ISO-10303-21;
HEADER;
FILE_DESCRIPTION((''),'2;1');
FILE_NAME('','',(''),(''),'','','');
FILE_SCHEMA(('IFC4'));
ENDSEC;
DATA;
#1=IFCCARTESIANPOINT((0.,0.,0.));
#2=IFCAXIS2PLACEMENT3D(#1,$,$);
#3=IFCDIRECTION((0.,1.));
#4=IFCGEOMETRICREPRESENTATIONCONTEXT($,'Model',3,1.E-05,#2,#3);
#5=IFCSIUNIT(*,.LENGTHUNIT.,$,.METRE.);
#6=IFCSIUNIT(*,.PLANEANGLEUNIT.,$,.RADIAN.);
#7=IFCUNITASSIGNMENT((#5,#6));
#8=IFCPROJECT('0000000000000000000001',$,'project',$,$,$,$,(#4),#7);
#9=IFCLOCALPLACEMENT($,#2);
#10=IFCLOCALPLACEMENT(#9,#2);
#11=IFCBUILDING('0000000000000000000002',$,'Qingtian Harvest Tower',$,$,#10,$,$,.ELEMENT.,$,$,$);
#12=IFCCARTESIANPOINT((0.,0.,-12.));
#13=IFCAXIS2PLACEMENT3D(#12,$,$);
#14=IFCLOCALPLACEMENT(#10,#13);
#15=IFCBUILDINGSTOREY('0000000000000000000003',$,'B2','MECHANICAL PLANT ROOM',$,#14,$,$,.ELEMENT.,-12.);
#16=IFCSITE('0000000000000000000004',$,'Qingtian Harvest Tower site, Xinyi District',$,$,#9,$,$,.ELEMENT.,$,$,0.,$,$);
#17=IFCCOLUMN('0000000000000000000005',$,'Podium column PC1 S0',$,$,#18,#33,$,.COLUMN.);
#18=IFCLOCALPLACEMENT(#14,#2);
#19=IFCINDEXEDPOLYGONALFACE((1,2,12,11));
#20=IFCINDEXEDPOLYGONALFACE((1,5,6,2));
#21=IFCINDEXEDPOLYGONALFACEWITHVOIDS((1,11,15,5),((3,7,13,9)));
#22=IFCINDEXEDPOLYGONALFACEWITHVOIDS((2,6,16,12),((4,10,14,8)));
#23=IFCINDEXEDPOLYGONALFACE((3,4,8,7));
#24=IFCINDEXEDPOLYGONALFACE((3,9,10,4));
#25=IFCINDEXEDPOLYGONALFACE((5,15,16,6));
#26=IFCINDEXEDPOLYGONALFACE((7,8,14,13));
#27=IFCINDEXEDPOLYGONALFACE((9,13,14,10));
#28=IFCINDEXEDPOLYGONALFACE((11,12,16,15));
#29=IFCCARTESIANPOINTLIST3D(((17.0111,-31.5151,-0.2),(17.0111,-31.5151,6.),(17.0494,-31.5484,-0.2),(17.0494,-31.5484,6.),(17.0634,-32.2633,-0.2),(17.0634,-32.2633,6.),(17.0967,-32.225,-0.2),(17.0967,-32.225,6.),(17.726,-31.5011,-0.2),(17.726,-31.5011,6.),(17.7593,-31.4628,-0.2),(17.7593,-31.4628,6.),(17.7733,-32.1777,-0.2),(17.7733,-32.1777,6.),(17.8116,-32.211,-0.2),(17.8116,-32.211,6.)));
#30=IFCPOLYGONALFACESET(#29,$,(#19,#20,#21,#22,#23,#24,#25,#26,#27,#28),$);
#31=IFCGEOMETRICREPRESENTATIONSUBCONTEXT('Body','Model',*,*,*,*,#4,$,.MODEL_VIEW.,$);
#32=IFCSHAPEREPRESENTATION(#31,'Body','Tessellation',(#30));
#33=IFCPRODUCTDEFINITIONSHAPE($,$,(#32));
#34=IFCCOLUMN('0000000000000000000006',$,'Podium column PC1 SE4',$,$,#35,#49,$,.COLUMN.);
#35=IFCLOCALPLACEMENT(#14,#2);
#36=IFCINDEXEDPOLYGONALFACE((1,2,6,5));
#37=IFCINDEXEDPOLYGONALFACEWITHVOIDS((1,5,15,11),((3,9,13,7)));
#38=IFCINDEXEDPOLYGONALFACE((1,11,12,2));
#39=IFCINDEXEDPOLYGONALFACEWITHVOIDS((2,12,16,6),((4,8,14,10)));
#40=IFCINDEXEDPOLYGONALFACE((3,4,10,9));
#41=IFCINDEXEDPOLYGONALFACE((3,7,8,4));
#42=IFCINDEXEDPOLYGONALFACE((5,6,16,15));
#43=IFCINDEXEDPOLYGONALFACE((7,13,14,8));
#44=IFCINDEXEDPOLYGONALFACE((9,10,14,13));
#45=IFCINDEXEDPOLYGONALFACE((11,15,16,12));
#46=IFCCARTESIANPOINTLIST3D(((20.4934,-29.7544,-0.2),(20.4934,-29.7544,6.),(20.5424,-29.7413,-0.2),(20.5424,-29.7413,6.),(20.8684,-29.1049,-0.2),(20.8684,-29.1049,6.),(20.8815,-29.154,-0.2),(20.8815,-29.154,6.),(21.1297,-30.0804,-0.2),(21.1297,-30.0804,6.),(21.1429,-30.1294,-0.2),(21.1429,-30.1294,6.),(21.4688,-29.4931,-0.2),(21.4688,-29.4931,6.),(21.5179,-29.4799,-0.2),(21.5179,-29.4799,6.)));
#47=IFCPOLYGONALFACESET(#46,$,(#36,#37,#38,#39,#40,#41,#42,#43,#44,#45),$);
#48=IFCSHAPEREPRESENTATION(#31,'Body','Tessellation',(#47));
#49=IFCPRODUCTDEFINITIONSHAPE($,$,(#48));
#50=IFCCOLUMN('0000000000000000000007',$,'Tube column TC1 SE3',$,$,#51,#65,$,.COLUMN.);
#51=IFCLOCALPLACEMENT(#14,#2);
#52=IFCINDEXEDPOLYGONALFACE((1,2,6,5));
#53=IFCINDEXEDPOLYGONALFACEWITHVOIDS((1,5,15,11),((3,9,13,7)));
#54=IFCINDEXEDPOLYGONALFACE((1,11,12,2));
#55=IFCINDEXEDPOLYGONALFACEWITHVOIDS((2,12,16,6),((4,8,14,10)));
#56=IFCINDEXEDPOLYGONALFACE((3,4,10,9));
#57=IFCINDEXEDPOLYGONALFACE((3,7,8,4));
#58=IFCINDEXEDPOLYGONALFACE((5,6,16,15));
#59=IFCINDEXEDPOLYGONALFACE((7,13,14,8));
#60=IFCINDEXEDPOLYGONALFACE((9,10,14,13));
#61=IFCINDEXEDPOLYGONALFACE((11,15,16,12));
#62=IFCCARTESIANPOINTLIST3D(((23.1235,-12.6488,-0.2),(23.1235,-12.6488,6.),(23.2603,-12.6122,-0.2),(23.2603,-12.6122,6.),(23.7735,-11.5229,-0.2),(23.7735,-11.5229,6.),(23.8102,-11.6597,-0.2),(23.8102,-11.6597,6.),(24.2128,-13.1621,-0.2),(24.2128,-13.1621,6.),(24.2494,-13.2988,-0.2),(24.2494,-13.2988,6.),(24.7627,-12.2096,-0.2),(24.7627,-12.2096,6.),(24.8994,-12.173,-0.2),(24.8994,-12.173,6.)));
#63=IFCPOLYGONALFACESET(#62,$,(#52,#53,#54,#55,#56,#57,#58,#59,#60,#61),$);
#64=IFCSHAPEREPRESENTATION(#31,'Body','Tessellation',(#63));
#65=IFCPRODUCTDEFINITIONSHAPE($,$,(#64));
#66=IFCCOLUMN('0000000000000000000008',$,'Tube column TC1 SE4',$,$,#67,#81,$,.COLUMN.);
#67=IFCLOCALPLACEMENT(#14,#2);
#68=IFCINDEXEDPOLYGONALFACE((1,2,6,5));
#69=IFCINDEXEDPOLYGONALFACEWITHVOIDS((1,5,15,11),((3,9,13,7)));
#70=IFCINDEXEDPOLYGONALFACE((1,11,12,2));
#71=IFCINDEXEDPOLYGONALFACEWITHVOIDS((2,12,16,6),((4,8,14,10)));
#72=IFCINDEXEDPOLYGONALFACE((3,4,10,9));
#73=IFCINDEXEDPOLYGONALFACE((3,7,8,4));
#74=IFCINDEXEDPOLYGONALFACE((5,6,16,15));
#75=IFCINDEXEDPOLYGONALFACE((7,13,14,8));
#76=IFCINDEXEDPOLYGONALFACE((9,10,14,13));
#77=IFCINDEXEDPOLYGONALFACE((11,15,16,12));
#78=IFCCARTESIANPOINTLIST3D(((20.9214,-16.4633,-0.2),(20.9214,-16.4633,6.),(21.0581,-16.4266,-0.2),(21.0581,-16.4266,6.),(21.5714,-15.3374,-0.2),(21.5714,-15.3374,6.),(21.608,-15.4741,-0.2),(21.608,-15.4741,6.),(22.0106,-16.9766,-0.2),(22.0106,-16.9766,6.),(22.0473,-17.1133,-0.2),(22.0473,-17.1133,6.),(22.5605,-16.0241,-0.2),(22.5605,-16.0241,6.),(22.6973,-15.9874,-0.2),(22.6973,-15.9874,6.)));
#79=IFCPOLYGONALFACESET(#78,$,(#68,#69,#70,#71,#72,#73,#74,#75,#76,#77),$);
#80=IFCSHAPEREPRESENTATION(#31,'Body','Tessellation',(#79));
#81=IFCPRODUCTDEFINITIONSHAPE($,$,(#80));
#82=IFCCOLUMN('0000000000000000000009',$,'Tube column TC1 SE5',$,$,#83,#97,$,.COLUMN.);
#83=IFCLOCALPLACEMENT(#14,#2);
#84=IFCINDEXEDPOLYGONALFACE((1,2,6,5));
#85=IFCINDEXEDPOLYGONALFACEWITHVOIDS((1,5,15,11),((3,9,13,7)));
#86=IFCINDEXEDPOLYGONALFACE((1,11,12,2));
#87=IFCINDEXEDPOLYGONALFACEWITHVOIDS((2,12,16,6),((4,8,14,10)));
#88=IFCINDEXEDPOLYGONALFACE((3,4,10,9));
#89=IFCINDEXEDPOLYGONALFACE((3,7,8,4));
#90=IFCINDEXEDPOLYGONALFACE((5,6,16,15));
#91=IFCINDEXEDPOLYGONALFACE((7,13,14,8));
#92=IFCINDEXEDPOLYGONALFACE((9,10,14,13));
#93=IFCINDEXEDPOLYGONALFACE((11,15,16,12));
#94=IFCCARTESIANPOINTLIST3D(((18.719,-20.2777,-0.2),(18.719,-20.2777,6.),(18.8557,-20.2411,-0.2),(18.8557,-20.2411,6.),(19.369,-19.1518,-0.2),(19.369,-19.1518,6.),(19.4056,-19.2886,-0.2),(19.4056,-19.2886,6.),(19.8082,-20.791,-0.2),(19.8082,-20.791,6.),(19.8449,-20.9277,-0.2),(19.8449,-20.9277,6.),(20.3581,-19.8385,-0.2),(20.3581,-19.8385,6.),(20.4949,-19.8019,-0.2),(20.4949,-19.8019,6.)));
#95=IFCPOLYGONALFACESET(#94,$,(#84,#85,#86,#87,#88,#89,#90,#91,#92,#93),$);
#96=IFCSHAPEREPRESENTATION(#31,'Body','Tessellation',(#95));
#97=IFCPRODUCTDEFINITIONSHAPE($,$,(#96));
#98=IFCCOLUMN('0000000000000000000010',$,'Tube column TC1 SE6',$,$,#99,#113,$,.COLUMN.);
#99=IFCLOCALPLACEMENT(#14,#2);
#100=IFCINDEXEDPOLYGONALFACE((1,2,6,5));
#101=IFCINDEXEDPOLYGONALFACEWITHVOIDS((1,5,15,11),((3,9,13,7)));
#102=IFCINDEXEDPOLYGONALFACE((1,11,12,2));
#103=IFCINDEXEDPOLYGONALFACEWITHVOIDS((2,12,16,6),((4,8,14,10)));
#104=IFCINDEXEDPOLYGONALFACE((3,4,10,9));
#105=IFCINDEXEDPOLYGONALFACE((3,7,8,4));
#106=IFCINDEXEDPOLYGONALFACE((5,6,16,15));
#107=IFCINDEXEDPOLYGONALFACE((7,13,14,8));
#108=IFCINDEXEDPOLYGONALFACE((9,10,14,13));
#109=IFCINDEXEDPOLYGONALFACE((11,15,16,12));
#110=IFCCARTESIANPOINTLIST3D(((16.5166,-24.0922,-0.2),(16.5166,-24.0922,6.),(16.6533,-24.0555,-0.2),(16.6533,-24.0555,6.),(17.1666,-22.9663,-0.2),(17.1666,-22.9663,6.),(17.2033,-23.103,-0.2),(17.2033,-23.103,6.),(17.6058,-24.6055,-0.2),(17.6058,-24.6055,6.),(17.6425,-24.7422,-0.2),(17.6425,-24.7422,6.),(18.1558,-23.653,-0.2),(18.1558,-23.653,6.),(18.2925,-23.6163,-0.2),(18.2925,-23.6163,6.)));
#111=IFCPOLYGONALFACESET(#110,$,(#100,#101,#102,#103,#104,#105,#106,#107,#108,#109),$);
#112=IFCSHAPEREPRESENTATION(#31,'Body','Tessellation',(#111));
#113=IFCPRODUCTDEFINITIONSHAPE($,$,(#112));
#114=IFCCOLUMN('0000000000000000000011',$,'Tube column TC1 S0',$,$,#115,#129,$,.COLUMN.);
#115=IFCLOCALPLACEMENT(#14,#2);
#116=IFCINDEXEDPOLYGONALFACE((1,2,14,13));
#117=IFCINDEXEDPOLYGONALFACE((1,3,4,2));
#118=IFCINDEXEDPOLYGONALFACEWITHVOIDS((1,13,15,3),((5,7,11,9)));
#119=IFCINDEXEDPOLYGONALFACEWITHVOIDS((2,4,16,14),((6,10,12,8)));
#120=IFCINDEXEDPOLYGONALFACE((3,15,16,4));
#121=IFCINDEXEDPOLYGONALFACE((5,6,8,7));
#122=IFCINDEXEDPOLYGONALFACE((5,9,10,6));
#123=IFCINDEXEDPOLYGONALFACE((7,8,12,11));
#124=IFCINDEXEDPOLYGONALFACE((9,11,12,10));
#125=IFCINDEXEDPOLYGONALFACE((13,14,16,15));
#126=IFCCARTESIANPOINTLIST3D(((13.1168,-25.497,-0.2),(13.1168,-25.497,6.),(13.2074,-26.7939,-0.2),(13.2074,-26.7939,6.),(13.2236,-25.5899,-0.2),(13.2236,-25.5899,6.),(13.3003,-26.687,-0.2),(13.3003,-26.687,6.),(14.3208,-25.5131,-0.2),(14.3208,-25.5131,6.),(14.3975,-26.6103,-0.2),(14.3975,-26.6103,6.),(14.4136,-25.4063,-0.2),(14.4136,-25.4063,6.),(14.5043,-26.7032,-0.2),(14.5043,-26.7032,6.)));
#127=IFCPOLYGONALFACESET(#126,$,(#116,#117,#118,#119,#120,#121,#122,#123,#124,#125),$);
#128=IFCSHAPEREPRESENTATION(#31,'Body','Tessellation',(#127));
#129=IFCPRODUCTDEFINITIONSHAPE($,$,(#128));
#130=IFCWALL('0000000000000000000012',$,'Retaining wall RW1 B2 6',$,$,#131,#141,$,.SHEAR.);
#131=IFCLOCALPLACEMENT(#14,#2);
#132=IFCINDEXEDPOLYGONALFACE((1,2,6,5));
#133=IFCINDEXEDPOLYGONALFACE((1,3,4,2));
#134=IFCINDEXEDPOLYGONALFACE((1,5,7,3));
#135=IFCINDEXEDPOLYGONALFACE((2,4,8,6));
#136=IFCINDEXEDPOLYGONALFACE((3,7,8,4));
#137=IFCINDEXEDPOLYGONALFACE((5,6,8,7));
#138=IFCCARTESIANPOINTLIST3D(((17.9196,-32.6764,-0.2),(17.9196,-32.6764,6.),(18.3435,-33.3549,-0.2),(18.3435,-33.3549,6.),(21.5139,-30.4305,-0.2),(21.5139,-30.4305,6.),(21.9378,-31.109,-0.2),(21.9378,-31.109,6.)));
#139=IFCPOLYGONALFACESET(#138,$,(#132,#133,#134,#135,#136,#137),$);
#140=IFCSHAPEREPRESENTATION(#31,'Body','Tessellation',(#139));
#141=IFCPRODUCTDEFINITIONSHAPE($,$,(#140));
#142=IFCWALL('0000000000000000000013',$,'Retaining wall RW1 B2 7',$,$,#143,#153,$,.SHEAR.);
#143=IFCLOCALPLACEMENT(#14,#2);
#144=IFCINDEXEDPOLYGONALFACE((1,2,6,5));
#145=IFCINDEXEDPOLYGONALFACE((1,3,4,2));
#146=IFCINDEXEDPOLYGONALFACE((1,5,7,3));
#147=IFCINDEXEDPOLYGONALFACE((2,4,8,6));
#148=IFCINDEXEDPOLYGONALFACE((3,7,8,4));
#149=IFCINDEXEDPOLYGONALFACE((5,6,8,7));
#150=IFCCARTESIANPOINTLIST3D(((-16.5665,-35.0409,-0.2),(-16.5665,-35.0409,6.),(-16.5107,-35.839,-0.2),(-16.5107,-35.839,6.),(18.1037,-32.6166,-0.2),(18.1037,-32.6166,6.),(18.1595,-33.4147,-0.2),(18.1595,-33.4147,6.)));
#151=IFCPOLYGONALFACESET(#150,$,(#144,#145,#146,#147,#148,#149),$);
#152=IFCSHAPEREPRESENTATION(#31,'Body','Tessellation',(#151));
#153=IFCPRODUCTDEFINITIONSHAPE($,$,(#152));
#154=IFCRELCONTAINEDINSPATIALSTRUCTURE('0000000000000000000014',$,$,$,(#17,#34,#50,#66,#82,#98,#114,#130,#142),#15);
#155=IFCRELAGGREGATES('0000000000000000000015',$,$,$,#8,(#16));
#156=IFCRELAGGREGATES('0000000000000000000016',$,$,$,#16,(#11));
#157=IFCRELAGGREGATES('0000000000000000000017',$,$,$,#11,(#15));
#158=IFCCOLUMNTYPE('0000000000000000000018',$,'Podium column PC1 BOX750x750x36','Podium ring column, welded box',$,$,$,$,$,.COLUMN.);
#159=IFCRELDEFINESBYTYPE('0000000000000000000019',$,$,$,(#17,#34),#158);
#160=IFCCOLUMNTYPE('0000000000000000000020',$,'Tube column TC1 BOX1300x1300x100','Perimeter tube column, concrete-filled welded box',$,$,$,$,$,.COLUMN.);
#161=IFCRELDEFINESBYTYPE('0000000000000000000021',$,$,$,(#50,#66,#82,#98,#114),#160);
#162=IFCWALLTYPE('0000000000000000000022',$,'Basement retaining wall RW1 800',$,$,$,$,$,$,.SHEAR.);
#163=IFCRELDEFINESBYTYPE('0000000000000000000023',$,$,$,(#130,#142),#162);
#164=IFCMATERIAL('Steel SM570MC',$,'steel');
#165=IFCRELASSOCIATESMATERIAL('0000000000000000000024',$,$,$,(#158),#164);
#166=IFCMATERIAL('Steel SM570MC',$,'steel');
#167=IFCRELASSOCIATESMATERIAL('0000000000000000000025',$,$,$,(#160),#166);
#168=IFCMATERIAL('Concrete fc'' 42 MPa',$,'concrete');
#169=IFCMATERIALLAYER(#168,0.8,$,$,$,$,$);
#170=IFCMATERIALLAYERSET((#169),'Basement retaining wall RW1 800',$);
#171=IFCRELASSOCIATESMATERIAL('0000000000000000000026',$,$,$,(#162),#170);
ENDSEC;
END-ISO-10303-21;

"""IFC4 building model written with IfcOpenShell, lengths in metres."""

from ifc_helpers import new_model, si_unit, direction, frame, frame_2d, origin, origin_2d, place, context, subcontext, project, spatial, rectangle, hollow_rectangle, extrude, material, layer, layer_set, material_profile, profile_set, type_object, element, save


model = new_model("IFC4")

# Units and contexts
model_context = context("Model", 3, precision=1e-05, world=origin(), true_north=direction((0.0, 1.0)))
body_context = subcontext(model_context, "Body", "Model", "MODEL_VIEW")
ifc_project = project(units=[si_unit("LENGTHUNIT", "METRE"), si_unit("PLANEANGLEUNIT", "RADIAN")], contexts=[model_context])

# Site, building, storey
site_placement = place(None, origin())
site = spatial("IfcSite", under=ifc_project, at=site_placement, Name="Qingtian Harvest Tower site, Xinyi District", CompositionType="ELEMENT", RefElevation=0.0)
building_placement = place(site_placement, origin())
building = spatial("IfcBuilding", under=site, at=building_placement, Name="Qingtian Harvest Tower", CompositionType="ELEMENT")
storey_placement = place(building_placement, frame((0.0, 0.0, -12.0)))
storey = spatial("IfcBuildingStorey", under=building, at=storey_placement, Name="B2", Description="MECHANICAL PLANT ROOM", CompositionType="ELEMENT", Elevation=-12.0)

# Columns
ifc_material_1 = material(Name="Steel SM570MC", Category="steel")
ifc_material_profile_1 = material_profile(ifc_material_1, hollow_rectangle(XDim=0.75, YDim=0.75, WallThickness=0.0359, at=origin_2d()), Name="BOX750x750x36")
ifc_profile_set_1 = profile_set([ifc_material_profile_1], Name="Steel SM570MC")
column_type_1 = type_object("IfcColumnType", Name="Podium column PC1 BOX750x750x36", Description="Podium ring column, welded box", PredefinedType="COLUMN", material=ifc_profile_set_1)
for number, where, z_axis, x_axis, name in (
    (1, (17.4114, -31.863, -0.2), (0.0, 0.0, 1.0), (0.997564, 0.069756, 0.0), "Podium column PC1 S0"),
    (2, (21.0056, -29.6172, -0.2), (0.0, 0.0, 1.0), (0.5, 0.866025, 0.0), "Podium column PC1 SE4"),
):
    element("IfcColumn", number, at=place(storey_placement, frame(where, z_axis=z_axis, x_axis=x_axis)), inside=storey, type_object=column_type_1, Name=name, PredefinedType="COLUMN", context=body_context, shape_type="SweptSolid", body=[
        extrude(hollow_rectangle(XDim=0.75, YDim=0.75, WallThickness=0.0359, at=origin_2d()), origin(), (0.0, 0.0, 1.0), 6.2),
    ])
ifc_material_2 = material(Name="Steel SM570MC", Category="steel")
ifc_material_profile_2 = material_profile(ifc_material_2, hollow_rectangle(XDim=1.3, YDim=1.3, WallThickness=0.1001, at=origin_2d()), Name="BOX1300x1300x100")
ifc_profile_set_2 = profile_set([ifc_material_profile_2], Name="Steel SM570MC")
column_type_2 = type_object("IfcColumnType", Name="Tube column TC1 BOX1300x1300x100", Description="Perimeter tube column, concrete-filled welded box", PredefinedType="COLUMN", material=ifc_profile_set_2)
for number, where, z_axis, x_axis, name in (
    (3, (24.0115, -12.4109, -0.2), (0.0, 0.0, 1.0), (0.5, 0.866025, 0.0), "Tube column TC1 SE3"),
    (4, (21.8093, -16.2253, -0.2), (0.0, 0.0, 1.0), (0.5, 0.866025, 0.0), "Tube column TC1 SE4"),
    (5, (19.6069, -20.0398, -0.2), (0.0, 0.0, 1.0), (0.5, 0.866025, 0.0), "Tube column TC1 SE5"),
    (6, (17.4045, -23.8542, -0.2), (0.0, 0.0, 1.0), (0.5, 0.866025, 0.0), "Tube column TC1 SE6"),
    (7, (13.8105, -26.1001, -0.2), (0.0, 0.0, 1.0), (0.997564, 0.069756, 0.0), "Tube column TC1 S0"),
):
    element("IfcColumn", number, at=place(storey_placement, frame(where, z_axis=z_axis, x_axis=x_axis)), inside=storey, type_object=column_type_2, Name=name, PredefinedType="COLUMN", context=body_context, shape_type="SweptSolid", body=[
        extrude(hollow_rectangle(XDim=1.3, YDim=1.3, WallThickness=0.1001, at=origin_2d()), origin(), (0.0, 0.0, 1.0), 6.2),
    ])

# Walls
ifc_material_3 = material(Name="Concrete fc' 42 MPa", Category="concrete")
ifc_layer = layer(ifc_material_3, 0.8)
ifc_layer_set = layer_set([ifc_layer], Name="Basement retaining wall RW1 800")
wall_type = type_object("IfcWallType", Name="Basement retaining wall RW1 800", PredefinedType="SHEAR", material=ifc_layer_set)
wall_1_placement = place(storey_placement, frame((21.7258, -30.7698, -0.2), z_axis=(0.0, 0.0, 1.0), x_axis=(-0.848057, -0.529906, 0.0)))
element("IfcWall", 8, at=wall_1_placement, inside=storey, type_object=wall_type, Name="Retaining wall RW1 B2 6", PredefinedType="SHEAR", context=body_context, shape_type="SweptSolid", body=[
    extrude(rectangle(XDim=4.2383, YDim=0.8, at=frame_2d((2.1191, 0.0))), origin(), (0.0, 0.0, 1.0), 6.2),
])
wall_2_placement = place(storey_placement, frame((18.1316, -33.0156, -0.2), z_axis=(0.0, 0.0, 1.0), x_axis=(-0.997564, -0.069755, 0.0)))
element("IfcWall", 9, at=wall_2_placement, inside=storey, type_object=wall_type, Name="Retaining wall RW1 B2 7", PredefinedType="SHEAR", context=body_context, shape_type="SweptSolid", body=[
    extrude(rectangle(XDim=34.7549, YDim=0.8, at=frame_2d((17.3774, 0.0))), origin(), (0.0, 0.0, 1.0), 6.2),
])

save(model, "model.ifc")
